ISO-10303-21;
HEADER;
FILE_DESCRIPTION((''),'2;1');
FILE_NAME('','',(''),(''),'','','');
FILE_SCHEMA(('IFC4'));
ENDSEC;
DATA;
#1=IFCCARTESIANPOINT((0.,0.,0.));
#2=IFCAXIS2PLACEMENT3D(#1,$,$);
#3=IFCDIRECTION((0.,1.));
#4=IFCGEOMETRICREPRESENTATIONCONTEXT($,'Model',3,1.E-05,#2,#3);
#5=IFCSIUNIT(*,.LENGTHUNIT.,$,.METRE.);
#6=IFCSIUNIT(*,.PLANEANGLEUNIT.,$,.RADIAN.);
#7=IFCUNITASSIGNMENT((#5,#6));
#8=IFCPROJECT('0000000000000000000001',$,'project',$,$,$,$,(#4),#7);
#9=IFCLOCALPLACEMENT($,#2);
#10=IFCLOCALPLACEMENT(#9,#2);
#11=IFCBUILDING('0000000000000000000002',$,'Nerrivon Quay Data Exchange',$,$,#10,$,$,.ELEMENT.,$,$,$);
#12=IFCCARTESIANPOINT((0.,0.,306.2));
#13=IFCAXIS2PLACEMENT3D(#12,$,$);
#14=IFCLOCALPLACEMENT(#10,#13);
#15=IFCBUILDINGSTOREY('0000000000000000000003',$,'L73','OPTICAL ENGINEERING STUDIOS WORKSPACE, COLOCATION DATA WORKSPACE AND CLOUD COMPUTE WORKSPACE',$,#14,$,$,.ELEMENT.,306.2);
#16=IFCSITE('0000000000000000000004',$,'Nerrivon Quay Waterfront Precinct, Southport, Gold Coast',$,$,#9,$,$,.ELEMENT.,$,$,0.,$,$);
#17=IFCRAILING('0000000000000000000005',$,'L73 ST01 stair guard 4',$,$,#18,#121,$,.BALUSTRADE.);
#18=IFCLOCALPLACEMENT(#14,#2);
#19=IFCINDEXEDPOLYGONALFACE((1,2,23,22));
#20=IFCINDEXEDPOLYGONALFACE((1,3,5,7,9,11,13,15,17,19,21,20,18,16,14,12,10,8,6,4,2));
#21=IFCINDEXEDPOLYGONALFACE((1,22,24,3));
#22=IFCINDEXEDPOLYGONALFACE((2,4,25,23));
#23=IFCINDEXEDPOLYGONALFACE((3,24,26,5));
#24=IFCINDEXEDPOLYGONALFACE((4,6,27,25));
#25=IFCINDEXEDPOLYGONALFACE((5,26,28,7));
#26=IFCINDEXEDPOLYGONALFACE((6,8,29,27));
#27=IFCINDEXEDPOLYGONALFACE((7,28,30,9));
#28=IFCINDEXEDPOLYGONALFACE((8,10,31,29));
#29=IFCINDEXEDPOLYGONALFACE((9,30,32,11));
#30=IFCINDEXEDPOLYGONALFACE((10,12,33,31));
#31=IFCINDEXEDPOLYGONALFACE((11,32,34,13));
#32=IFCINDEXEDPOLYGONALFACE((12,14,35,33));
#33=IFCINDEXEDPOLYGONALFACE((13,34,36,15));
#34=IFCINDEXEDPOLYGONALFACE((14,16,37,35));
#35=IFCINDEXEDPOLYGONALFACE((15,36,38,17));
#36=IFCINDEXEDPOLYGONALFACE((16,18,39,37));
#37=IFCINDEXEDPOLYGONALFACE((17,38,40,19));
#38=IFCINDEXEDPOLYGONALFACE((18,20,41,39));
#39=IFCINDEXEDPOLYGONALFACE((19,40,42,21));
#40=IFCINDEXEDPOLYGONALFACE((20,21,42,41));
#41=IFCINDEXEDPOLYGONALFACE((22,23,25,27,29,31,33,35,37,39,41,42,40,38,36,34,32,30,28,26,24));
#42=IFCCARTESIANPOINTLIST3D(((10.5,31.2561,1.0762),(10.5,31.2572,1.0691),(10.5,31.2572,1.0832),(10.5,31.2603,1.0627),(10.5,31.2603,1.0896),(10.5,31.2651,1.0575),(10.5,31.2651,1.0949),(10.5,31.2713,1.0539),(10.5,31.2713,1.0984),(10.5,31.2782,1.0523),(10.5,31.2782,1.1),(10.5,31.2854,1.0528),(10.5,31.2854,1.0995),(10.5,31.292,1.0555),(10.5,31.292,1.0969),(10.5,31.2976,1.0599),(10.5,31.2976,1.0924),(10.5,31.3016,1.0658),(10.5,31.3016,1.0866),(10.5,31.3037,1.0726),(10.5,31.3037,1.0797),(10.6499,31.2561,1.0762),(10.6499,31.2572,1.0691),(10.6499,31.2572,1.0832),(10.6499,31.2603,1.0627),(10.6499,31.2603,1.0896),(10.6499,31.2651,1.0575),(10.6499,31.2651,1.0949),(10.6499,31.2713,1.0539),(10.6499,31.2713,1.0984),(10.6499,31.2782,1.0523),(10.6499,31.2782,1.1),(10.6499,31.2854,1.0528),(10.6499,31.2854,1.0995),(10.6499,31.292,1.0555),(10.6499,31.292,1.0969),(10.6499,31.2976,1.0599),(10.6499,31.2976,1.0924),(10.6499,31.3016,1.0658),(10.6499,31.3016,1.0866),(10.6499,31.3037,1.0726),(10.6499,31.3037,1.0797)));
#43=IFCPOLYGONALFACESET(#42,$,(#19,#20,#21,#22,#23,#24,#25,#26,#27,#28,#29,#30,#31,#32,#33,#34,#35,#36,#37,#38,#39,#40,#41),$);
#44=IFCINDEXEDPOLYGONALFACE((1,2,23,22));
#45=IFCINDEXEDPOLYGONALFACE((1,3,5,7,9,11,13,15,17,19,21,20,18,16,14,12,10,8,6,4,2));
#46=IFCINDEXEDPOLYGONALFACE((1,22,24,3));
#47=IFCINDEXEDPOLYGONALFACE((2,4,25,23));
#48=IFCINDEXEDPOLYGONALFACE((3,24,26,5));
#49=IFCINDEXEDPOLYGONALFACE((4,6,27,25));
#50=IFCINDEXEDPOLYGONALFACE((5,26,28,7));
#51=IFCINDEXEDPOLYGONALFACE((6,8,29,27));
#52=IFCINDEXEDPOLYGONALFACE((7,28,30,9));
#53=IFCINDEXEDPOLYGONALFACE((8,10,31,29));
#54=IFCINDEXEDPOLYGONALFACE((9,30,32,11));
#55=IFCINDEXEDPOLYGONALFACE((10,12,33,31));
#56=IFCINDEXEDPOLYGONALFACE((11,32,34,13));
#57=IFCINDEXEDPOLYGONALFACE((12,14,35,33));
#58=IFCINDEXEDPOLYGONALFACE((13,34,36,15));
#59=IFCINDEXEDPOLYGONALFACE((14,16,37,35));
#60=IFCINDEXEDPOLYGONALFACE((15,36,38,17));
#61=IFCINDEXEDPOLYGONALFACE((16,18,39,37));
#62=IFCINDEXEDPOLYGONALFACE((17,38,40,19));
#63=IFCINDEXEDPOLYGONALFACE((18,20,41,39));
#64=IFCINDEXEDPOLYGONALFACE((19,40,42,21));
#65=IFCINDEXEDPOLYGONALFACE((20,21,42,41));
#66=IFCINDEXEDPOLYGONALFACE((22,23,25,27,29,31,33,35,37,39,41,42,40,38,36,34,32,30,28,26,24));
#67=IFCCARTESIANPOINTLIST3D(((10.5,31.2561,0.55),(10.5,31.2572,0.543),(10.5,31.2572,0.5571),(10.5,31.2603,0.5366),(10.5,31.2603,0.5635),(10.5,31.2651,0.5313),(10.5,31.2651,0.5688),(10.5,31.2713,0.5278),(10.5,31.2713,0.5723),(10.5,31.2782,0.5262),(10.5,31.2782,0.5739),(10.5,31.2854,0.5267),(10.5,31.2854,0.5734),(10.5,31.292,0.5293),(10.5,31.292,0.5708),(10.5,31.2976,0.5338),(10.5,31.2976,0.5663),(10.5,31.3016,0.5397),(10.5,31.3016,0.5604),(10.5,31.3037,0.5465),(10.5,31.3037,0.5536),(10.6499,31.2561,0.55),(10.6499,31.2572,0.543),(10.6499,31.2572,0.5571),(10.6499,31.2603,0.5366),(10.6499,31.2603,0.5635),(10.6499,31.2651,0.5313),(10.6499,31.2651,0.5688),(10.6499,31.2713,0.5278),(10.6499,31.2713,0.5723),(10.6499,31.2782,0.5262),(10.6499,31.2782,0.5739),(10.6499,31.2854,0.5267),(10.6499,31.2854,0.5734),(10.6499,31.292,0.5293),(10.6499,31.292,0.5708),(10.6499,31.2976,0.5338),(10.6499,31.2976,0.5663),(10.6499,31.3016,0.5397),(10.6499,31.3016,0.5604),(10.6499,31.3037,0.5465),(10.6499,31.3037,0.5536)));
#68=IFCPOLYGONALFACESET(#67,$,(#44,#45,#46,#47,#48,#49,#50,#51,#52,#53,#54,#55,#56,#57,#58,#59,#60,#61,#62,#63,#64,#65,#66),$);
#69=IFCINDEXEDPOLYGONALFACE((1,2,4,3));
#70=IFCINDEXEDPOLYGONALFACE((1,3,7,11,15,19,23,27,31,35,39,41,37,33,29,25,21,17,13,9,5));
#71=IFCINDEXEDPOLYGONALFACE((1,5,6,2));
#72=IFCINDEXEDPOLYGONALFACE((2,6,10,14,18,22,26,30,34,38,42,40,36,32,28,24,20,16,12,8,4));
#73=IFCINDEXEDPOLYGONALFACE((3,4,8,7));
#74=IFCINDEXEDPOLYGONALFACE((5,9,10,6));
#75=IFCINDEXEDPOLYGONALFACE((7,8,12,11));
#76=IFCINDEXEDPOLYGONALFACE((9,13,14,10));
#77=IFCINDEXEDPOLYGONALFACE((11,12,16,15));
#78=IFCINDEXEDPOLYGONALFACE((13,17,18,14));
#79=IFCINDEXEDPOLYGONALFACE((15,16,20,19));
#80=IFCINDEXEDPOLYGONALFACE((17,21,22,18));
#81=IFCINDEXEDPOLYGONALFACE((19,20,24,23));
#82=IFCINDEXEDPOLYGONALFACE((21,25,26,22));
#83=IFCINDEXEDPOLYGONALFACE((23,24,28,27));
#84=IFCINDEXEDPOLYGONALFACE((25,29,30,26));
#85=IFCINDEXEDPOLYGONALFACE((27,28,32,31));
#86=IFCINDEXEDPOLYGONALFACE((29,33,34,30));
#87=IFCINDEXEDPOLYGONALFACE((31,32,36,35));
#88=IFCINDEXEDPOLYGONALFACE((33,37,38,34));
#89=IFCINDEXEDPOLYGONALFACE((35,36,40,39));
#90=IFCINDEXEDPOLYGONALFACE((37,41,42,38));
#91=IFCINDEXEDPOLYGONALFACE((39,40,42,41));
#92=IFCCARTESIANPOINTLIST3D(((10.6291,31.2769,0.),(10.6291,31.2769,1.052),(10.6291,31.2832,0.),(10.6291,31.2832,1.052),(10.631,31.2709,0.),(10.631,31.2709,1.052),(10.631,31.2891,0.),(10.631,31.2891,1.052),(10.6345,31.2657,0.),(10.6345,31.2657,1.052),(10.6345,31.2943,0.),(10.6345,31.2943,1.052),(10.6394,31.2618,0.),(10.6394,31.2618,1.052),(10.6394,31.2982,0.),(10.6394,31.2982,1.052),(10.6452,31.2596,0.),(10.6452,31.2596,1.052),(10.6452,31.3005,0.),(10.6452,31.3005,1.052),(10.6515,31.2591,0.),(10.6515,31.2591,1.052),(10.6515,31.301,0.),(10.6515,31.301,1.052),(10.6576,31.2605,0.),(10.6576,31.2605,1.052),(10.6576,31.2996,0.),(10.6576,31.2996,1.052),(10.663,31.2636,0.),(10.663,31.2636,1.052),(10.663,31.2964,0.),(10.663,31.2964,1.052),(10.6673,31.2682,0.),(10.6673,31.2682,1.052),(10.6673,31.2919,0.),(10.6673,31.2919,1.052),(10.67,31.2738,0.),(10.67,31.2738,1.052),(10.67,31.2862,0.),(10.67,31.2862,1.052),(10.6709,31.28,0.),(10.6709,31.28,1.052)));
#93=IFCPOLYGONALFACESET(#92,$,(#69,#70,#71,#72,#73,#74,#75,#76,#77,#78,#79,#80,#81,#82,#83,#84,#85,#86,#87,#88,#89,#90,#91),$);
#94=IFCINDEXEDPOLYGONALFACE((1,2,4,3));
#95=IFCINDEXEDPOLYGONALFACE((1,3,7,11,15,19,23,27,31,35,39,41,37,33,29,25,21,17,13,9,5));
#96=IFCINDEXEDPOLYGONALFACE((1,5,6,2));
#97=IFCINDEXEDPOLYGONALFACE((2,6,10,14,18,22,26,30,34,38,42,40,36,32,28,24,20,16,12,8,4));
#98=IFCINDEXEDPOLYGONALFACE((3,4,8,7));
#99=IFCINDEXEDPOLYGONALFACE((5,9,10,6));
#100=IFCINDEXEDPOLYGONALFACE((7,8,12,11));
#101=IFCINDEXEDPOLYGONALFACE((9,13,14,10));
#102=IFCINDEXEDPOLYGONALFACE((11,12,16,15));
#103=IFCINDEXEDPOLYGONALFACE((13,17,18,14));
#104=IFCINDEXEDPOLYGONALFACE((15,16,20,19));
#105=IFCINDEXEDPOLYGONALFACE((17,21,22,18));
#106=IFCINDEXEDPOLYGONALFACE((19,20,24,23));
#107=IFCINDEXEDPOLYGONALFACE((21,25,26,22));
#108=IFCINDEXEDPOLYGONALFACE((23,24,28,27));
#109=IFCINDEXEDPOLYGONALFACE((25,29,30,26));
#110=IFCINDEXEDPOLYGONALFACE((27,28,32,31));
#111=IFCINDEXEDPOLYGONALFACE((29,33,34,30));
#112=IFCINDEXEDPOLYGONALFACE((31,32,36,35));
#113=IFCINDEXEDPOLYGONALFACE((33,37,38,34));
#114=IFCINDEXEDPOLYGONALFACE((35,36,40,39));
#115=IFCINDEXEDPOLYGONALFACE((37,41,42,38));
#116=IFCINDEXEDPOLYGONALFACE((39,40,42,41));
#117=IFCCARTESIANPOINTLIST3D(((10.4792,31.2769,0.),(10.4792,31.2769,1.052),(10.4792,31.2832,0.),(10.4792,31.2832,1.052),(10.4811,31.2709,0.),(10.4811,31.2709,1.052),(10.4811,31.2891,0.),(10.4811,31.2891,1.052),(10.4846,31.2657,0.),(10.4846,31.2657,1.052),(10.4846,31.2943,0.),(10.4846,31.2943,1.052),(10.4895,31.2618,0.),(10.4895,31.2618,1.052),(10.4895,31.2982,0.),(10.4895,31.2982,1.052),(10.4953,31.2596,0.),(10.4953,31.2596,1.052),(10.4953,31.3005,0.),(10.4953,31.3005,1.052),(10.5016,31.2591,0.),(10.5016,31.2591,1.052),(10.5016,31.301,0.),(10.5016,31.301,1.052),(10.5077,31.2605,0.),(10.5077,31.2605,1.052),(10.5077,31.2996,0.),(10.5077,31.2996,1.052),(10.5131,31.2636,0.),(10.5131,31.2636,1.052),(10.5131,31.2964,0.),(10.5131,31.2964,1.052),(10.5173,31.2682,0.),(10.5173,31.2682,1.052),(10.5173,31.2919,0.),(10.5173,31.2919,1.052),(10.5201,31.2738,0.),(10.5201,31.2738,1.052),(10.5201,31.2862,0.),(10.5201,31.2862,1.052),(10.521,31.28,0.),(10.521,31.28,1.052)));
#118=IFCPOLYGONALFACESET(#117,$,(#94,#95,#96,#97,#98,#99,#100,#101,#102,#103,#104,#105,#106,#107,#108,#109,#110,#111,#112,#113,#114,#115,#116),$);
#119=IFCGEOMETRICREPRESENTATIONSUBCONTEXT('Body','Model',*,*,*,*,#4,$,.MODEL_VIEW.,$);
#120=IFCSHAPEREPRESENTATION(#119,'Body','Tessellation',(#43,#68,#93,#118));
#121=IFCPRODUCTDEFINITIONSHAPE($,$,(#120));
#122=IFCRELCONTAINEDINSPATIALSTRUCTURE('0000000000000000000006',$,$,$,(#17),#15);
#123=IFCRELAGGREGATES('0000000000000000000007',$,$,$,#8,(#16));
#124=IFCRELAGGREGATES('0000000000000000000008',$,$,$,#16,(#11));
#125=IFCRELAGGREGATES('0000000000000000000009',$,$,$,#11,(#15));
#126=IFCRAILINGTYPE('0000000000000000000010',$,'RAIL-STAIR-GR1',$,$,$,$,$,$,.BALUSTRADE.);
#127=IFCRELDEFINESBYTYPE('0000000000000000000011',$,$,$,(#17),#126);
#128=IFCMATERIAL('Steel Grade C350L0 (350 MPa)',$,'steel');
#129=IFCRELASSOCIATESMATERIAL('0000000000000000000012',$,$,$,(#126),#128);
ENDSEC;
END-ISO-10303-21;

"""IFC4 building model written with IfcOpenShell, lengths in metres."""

from ifc_helpers import new_model, si_unit, direction, frame, origin, origin_2d, place, context, subcontext, project, spatial, circle, extrude, material, type_object, element, save


model = new_model("IFC4")

# Units and contexts
model_context = context("Model", 3, precision=1e-05, world=origin(), true_north=direction((0.0, 1.0)))
body_context = subcontext(model_context, "Body", "Model", "MODEL_VIEW")
ifc_project = project(units=[si_unit("LENGTHUNIT", "METRE"), si_unit("PLANEANGLEUNIT", "RADIAN")], contexts=[model_context])

# Site, building, storey
site_placement = place(None, origin())
site = spatial("IfcSite", under=ifc_project, at=site_placement, Name="Nerrivon Quay Waterfront Precinct, Southport, Gold Coast", CompositionType="ELEMENT", RefElevation=0.0)
building_placement = place(site_placement, origin())
building = spatial("IfcBuilding", under=site, at=building_placement, Name="Nerrivon Quay Data Exchange", CompositionType="ELEMENT")
storey_placement = place(building_placement, frame((0.0, 0.0, 306.2)))
storey = spatial("IfcBuildingStorey", under=building, at=storey_placement, Name="L73", Description="OPTICAL ENGINEERING STUDIOS WORKSPACE, COLOCATION DATA WORKSPACE AND CLOUD COMPUTE WORKSPACE", CompositionType="ELEMENT", Elevation=306.2)

# Railing
ifc_material_1 = material(Name="Steel Grade C350L0 (350 MPa)", Category="steel")
railing_type_1 = type_object("IfcRailingType", Name="RAIL-STAIR-GR1", PredefinedType="BALUSTRADE", material=ifc_material_1)
railing_1_placement = place(storey_placement, frame((10.6499, 31.28, 0.0)))
element("IfcRailing", 1, at=railing_1_placement, inside=storey, type_object=railing_type_1, Name="L73 ST01 stair guard 4", PredefinedType="BALUSTRADE", context=body_context, shape_type="SweptSolid", body=[
    extrude(circle(Radius=0.0239, at=origin_2d()), frame((0.0, 0.0, 1.0762), z_axis=(-1.0, 0.0, 0.0), x_axis=(0.0, -1.0, 0.0)), (0.0, 0.0, 1.0), 0.1499),
    extrude(circle(Radius=0.0239, at=origin_2d()), frame((0.0, 0.0, 0.55), z_axis=(-1.0, 0.0, 0.0), x_axis=(0.0, -1.0, 0.0)), (0.0, 0.0, 1.0), 0.1499),
    extrude(circle(Radius=0.021, at=origin_2d()), origin(), (0.0, 0.0, 1.0), 1.052),
    extrude(circle(Radius=0.021, at=origin_2d()), frame((-0.1499, 0.0, 0.0)), (0.0, 0.0, 1.0), 1.052),
])

save(model, "model.ifc")
